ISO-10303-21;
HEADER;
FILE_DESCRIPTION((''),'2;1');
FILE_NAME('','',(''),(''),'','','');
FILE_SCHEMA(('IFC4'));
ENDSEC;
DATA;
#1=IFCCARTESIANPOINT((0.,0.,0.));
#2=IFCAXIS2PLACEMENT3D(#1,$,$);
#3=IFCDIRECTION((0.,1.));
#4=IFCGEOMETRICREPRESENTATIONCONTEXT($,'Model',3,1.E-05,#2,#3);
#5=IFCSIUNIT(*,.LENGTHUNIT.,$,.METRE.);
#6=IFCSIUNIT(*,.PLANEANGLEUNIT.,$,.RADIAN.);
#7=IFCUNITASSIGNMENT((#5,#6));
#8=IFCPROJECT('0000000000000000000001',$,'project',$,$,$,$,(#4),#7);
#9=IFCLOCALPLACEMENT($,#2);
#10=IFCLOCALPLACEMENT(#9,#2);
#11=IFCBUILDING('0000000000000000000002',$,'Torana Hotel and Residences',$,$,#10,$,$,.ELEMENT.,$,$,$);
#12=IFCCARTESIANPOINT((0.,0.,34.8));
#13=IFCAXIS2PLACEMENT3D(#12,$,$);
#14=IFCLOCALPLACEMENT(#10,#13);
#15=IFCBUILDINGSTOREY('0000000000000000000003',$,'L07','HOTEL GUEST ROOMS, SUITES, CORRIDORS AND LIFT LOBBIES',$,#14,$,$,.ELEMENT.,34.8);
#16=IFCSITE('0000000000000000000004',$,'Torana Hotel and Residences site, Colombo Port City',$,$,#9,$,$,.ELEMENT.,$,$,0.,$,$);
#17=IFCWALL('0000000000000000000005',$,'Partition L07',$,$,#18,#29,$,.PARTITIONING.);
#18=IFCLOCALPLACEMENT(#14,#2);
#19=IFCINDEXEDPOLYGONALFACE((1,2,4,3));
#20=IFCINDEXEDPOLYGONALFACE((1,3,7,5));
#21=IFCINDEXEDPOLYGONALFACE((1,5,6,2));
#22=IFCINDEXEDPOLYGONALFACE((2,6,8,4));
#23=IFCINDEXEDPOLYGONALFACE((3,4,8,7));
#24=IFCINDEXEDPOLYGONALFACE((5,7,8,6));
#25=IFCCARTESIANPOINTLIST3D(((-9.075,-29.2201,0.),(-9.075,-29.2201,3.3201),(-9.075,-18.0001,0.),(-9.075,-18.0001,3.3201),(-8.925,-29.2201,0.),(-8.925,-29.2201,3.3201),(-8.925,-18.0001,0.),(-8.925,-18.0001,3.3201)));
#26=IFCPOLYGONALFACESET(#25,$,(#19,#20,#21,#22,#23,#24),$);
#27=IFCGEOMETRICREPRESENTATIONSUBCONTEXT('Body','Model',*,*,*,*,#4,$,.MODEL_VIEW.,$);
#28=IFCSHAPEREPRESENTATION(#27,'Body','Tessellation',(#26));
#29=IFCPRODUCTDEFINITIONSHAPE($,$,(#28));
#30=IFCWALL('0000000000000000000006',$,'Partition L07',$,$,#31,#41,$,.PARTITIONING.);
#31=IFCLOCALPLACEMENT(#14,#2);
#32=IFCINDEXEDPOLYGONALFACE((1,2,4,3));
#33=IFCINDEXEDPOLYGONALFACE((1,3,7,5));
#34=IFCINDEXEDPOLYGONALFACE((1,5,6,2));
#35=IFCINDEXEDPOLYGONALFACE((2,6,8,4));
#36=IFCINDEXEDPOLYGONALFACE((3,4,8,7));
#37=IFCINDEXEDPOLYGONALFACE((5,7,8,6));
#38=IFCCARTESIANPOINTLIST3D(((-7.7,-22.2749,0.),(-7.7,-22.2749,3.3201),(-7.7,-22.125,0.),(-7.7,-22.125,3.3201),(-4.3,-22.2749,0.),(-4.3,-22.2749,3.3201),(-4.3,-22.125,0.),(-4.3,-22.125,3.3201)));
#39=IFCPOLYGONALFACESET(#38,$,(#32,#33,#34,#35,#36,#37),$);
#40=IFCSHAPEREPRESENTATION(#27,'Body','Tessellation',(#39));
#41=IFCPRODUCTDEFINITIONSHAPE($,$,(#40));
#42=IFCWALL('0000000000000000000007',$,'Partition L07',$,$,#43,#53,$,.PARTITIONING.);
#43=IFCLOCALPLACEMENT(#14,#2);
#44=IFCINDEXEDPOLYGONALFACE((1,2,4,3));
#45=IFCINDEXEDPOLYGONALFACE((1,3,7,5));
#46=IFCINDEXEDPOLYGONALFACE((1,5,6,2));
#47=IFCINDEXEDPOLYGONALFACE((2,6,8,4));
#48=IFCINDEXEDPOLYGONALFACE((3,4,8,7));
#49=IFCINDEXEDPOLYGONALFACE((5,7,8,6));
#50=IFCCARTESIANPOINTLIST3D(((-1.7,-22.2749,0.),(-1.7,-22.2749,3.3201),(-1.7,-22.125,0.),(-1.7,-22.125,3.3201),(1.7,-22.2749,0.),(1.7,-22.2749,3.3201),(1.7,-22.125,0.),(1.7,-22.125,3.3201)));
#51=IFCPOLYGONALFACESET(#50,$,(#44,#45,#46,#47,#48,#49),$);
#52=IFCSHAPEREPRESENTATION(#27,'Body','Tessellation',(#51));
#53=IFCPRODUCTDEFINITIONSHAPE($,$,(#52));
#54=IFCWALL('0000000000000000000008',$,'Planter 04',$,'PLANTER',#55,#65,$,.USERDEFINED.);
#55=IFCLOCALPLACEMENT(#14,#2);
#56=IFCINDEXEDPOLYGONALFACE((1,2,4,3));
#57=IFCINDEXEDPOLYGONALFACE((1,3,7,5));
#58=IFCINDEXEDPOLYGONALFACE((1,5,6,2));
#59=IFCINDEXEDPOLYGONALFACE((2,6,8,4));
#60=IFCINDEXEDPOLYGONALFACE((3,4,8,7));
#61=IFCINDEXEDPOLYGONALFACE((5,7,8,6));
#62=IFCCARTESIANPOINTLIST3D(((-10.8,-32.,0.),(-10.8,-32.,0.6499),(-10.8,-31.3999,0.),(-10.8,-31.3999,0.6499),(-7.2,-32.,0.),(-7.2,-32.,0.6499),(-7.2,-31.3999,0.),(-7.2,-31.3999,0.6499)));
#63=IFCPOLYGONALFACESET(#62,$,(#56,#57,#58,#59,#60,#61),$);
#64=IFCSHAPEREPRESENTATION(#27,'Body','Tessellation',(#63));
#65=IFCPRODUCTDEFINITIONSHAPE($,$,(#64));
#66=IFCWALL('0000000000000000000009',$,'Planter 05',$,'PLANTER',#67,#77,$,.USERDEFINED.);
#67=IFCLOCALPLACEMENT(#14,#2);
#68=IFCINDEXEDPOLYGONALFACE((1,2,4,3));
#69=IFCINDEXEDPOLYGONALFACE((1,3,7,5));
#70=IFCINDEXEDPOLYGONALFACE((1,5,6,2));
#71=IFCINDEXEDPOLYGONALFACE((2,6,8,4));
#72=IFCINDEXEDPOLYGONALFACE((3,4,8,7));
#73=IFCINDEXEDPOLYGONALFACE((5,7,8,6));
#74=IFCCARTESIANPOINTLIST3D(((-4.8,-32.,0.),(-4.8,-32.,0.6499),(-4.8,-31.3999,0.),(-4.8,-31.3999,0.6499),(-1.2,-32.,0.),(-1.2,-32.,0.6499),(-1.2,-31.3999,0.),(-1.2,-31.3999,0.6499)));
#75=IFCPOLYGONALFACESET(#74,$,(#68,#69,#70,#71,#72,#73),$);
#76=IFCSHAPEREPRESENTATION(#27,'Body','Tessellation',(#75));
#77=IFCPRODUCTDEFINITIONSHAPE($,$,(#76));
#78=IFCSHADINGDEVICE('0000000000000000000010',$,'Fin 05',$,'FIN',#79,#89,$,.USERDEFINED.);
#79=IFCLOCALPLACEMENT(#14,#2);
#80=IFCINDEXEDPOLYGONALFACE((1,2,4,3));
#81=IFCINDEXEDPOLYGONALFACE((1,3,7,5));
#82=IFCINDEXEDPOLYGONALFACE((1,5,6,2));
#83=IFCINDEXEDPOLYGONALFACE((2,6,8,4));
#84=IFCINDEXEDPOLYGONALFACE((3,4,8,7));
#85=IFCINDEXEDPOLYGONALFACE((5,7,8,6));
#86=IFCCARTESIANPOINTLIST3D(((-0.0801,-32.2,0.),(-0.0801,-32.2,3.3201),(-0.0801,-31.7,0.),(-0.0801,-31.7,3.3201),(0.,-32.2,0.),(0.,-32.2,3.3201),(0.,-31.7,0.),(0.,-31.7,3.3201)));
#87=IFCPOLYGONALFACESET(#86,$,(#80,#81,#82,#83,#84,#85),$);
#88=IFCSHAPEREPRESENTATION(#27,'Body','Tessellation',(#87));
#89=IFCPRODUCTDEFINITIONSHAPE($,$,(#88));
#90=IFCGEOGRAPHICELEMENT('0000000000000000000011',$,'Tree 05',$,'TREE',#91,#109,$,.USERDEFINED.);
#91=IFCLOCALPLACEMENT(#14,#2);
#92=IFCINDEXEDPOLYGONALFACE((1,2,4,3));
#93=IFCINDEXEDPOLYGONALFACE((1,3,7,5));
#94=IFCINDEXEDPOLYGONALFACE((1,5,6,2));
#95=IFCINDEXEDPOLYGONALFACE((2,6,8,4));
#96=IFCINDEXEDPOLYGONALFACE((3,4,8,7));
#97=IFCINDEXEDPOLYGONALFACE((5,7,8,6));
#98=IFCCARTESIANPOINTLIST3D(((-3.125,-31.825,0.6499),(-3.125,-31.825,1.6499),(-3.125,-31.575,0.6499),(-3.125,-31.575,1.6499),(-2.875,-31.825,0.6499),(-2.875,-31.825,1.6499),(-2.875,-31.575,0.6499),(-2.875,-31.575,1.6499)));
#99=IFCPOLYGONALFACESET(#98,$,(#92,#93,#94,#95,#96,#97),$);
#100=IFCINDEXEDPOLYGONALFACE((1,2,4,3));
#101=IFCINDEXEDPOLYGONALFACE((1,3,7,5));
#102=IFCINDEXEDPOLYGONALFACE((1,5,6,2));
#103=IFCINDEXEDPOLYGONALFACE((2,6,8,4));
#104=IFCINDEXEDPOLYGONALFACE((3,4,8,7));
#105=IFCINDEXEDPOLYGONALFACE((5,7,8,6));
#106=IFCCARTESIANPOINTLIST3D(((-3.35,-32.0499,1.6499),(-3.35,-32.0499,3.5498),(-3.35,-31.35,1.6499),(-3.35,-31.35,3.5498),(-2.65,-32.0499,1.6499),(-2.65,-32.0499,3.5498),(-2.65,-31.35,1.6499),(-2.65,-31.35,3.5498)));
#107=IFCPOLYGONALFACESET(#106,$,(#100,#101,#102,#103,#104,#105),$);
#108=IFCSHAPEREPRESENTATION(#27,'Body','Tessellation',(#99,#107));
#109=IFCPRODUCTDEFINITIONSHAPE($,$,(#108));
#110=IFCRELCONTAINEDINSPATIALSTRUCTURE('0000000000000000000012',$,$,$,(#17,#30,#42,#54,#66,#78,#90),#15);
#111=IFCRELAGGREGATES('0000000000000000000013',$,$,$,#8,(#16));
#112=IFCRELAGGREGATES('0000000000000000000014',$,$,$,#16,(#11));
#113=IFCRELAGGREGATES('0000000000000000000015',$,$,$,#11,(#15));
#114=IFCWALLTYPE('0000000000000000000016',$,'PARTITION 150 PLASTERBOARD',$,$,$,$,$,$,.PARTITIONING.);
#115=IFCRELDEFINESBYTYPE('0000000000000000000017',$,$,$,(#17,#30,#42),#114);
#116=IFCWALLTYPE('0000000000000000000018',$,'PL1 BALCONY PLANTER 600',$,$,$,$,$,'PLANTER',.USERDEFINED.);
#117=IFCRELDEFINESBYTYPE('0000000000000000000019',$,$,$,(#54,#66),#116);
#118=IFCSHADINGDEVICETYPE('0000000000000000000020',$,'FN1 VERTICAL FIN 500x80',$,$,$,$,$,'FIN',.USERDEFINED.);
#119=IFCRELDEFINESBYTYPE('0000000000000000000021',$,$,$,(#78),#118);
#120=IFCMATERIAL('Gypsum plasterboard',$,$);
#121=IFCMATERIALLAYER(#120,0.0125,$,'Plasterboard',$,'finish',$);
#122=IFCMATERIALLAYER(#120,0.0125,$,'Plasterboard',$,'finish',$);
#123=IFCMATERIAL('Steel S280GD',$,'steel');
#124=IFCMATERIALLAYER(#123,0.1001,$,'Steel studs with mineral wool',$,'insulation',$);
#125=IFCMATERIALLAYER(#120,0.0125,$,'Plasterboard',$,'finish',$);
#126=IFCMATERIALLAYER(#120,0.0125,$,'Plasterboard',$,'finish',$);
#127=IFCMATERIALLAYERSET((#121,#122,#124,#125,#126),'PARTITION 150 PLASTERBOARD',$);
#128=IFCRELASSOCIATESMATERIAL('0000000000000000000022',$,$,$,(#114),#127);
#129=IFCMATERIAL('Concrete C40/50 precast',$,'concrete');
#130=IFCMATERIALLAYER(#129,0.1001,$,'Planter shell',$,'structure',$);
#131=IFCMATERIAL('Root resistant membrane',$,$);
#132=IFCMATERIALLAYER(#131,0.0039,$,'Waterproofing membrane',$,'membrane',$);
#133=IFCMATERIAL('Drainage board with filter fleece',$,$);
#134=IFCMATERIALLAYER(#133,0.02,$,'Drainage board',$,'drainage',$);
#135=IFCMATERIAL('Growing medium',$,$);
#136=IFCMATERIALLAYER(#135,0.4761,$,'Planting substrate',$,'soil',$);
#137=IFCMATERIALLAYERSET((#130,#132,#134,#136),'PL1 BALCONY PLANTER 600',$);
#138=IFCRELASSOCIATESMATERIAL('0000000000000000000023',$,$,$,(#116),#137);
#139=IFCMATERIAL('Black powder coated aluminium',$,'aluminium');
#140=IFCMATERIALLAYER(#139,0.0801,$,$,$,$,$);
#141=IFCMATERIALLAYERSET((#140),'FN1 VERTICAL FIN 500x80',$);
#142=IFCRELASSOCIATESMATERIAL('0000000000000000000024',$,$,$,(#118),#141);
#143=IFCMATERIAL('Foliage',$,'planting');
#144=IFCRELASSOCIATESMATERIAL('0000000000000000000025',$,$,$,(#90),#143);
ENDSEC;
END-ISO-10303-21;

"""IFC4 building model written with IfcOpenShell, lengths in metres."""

from ifc_helpers import new_model, si_unit, direction, frame, frame_2d, origin, origin_2d, place, context, subcontext, project, spatial, rectangle, extrude, material, layer, layer_set, type_object, element, save


model = new_model("IFC4")

# Units and contexts
model_context = context("Model", 3, precision=1e-05, world=origin(), true_north=direction((0.0, 1.0)))
body_context = subcontext(model_context, "Body", "Model", "MODEL_VIEW")
ifc_project = project(units=[si_unit("LENGTHUNIT", "METRE"), si_unit("PLANEANGLEUNIT", "RADIAN")], contexts=[model_context])

# Site, building, storey
site_placement = place(None, origin())
site = spatial("IfcSite", under=ifc_project, at=site_placement, Name="Torana Hotel and Residences site, Colombo Port City", CompositionType="ELEMENT", RefElevation=0.0)
building_placement = place(site_placement, origin())
building = spatial("IfcBuilding", under=site, at=building_placement, Name="Torana Hotel and Residences", CompositionType="ELEMENT")
storey_placement = place(building_placement, frame((0.0, 0.0, 34.8)))
storey = spatial("IfcBuildingStorey", under=building, at=storey_placement, Name="L07", Description="HOTEL GUEST ROOMS, SUITES, CORRIDORS AND LIFT LOBBIES", CompositionType="ELEMENT", Elevation=34.8)

# Shared definitions
ifc_material_1 = material(Name="Gypsum plasterboard")
ifc_layer_1 = layer(ifc_material_1, 0.0125, Name="Plasterboard", Category="finish")
ifc_layer_2 = layer(ifc_material_1, 0.0125, Name="Plasterboard", Category="finish")
ifc_material_2 = material(Name="Steel S280GD", Category="steel")
ifc_layer_3 = layer(ifc_material_2, 0.1001, Name="Steel studs with mineral wool", Category="insulation")
ifc_layer_4 = layer(ifc_material_1, 0.0125, Name="Plasterboard", Category="finish")
ifc_layer_5 = layer(ifc_material_1, 0.0125, Name="Plasterboard", Category="finish")
ifc_layer_set_1 = layer_set([ifc_layer_1, ifc_layer_2, ifc_layer_3, ifc_layer_4, ifc_layer_5], Name="PARTITION 150 PLASTERBOARD")
wall_type_1 = type_object("IfcWallType", Name="PARTITION 150 PLASTERBOARD", PredefinedType="PARTITIONING", material=ifc_layer_set_1)

# Walls
wall_1_placement = place(storey_placement, frame((-9.0, -29.22, 0.0), z_axis=(0.0, 0.0, 1.0), x_axis=(0.0, 1.0, 0.0)))
element("IfcWall", 1, at=wall_1_placement, inside=storey, type_object=wall_type_1, Name="Partition L07", PredefinedType="PARTITIONING", context=body_context, shape_type="SweptSolid", body=[
    extrude(rectangle(XDim=11.22, YDim=0.1499, at=frame_2d((5.6099, 0.0))), origin(), (0.0, 0.0, 1.0), 3.3201),
])
for number, where, z_axis, x_axis, name in (
    (2, (-7.7, -22.2, 0.0), (0.0, 0.0, 1.0), (1.0, 0.0, 0.0), "Partition L07"),
    (3, (-1.7, -22.2, 0.0), (0.0, 0.0, 1.0), (1.0, 0.0, 0.0), "Partition L07"),
):
    element("IfcWall", number, at=place(storey_placement, frame(where, z_axis=z_axis, x_axis=x_axis)), inside=storey, type_object=wall_type_1, Name=name, PredefinedType="PARTITIONING", context=body_context, shape_type="SweptSolid", body=[
        extrude(rectangle(XDim=3.3999, YDim=0.1499, at=frame_2d((1.7, 0.0))), origin(), (0.0, 0.0, 1.0), 3.3201),
    ])
ifc_material_3 = material(Name="Concrete C40/50 precast", Category="concrete")
ifc_layer_6 = layer(ifc_material_3, 0.1001, Name="Planter shell", Category="structure")
ifc_material_4 = material(Name="Root resistant membrane")
ifc_layer_7 = layer(ifc_material_4, 0.0039, Name="Waterproofing membrane", Category="membrane")
ifc_material_5 = material(Name="Drainage board with filter fleece")
ifc_layer_8 = layer(ifc_material_5, 0.02, Name="Drainage board", Category="drainage")
ifc_material_6 = material(Name="Growing medium")
ifc_layer_9 = layer(ifc_material_6, 0.4761, Name="Planting substrate", Category="soil")
ifc_layer_set_2 = layer_set([ifc_layer_6, ifc_layer_7, ifc_layer_8, ifc_layer_9], Name="PL1 BALCONY PLANTER 600")
wall_type_2 = type_object("IfcWallType", Name="PL1 BALCONY PLANTER 600", ElementType="PLANTER", PredefinedType="USERDEFINED", material=ifc_layer_set_2)
for number, where, z_axis, x_axis, name in (
    (4, (-7.2, -31.7, 0.0), (0.0, 0.0, 1.0), (-1.0, 0.0, 0.0), "Planter 04"),
    (5, (-1.2, -31.7, 0.0), (0.0, 0.0, 1.0), (-1.0, 0.0, 0.0), "Planter 05"),
):
    element("IfcWall", number, at=place(storey_placement, frame(where, z_axis=z_axis, x_axis=x_axis)), inside=storey, type_object=wall_type_2, Name=name, ObjectType="PLANTER", PredefinedType="USERDEFINED", context=body_context, shape_type="SweptSolid", body=[
        extrude(rectangle(XDim=3.6001, YDim=0.6001, at=frame_2d((1.8, 0.0))), origin(), (0.0, 0.0, 1.0), 0.6499),
    ])

# Shading device
ifc_material_7 = material(Name="Black powder coated aluminium", Category="aluminium")
ifc_layer_10 = layer(ifc_material_7, 0.0801)
ifc_layer_set_3 = layer_set([ifc_layer_10], Name="FN1 VERTICAL FIN 500x80")
shading_device_type = type_object("IfcShadingDeviceType", Name="FN1 VERTICAL FIN 500x80", ElementType="FIN", PredefinedType="USERDEFINED", material=ifc_layer_set_3)
shading_device_placement = place(storey_placement, frame((-0.04, -31.95, 0.0), z_axis=(0.0, 0.0, 1.0), x_axis=(-1.0, 0.0, 0.0)))
element("IfcShadingDevice", 6, at=shading_device_placement, inside=storey, type_object=shading_device_type, Name="Fin 05", ObjectType="FIN", PredefinedType="USERDEFINED", context=body_context, shape_type="SweptSolid", body=[
    extrude(rectangle(XDim=0.0801, YDim=0.5, at=origin_2d()), origin(), (0.0, 0.0, 1.0), 3.3201),
])

# Geographic element
ifc_material_8 = material(Name="Foliage", Category="planting")
geographic_element_placement = place(storey_placement, frame((-3.0, -31.7, 0.6499), z_axis=(0.0, 0.0, 1.0), x_axis=(1.0, 0.0, 0.0)))
element("IfcGeographicElement", 7, at=geographic_element_placement, inside=storey, material=ifc_material_8, Name="Tree 05", ObjectType="TREE", PredefinedType="USERDEFINED", context=body_context, shape_type="SweptSolid", body=[
    extrude(rectangle(XDim=0.25, YDim=0.25, at=origin_2d()), origin(), (0.0, 0.0, 1.0), 1.0),
    extrude(rectangle(XDim=0.7, YDim=0.7, at=origin_2d()), frame((0.0, 0.0, 1.0)), (0.0, 0.0, 1.0), 1.8999),
])

save(model, "model.ifc")
